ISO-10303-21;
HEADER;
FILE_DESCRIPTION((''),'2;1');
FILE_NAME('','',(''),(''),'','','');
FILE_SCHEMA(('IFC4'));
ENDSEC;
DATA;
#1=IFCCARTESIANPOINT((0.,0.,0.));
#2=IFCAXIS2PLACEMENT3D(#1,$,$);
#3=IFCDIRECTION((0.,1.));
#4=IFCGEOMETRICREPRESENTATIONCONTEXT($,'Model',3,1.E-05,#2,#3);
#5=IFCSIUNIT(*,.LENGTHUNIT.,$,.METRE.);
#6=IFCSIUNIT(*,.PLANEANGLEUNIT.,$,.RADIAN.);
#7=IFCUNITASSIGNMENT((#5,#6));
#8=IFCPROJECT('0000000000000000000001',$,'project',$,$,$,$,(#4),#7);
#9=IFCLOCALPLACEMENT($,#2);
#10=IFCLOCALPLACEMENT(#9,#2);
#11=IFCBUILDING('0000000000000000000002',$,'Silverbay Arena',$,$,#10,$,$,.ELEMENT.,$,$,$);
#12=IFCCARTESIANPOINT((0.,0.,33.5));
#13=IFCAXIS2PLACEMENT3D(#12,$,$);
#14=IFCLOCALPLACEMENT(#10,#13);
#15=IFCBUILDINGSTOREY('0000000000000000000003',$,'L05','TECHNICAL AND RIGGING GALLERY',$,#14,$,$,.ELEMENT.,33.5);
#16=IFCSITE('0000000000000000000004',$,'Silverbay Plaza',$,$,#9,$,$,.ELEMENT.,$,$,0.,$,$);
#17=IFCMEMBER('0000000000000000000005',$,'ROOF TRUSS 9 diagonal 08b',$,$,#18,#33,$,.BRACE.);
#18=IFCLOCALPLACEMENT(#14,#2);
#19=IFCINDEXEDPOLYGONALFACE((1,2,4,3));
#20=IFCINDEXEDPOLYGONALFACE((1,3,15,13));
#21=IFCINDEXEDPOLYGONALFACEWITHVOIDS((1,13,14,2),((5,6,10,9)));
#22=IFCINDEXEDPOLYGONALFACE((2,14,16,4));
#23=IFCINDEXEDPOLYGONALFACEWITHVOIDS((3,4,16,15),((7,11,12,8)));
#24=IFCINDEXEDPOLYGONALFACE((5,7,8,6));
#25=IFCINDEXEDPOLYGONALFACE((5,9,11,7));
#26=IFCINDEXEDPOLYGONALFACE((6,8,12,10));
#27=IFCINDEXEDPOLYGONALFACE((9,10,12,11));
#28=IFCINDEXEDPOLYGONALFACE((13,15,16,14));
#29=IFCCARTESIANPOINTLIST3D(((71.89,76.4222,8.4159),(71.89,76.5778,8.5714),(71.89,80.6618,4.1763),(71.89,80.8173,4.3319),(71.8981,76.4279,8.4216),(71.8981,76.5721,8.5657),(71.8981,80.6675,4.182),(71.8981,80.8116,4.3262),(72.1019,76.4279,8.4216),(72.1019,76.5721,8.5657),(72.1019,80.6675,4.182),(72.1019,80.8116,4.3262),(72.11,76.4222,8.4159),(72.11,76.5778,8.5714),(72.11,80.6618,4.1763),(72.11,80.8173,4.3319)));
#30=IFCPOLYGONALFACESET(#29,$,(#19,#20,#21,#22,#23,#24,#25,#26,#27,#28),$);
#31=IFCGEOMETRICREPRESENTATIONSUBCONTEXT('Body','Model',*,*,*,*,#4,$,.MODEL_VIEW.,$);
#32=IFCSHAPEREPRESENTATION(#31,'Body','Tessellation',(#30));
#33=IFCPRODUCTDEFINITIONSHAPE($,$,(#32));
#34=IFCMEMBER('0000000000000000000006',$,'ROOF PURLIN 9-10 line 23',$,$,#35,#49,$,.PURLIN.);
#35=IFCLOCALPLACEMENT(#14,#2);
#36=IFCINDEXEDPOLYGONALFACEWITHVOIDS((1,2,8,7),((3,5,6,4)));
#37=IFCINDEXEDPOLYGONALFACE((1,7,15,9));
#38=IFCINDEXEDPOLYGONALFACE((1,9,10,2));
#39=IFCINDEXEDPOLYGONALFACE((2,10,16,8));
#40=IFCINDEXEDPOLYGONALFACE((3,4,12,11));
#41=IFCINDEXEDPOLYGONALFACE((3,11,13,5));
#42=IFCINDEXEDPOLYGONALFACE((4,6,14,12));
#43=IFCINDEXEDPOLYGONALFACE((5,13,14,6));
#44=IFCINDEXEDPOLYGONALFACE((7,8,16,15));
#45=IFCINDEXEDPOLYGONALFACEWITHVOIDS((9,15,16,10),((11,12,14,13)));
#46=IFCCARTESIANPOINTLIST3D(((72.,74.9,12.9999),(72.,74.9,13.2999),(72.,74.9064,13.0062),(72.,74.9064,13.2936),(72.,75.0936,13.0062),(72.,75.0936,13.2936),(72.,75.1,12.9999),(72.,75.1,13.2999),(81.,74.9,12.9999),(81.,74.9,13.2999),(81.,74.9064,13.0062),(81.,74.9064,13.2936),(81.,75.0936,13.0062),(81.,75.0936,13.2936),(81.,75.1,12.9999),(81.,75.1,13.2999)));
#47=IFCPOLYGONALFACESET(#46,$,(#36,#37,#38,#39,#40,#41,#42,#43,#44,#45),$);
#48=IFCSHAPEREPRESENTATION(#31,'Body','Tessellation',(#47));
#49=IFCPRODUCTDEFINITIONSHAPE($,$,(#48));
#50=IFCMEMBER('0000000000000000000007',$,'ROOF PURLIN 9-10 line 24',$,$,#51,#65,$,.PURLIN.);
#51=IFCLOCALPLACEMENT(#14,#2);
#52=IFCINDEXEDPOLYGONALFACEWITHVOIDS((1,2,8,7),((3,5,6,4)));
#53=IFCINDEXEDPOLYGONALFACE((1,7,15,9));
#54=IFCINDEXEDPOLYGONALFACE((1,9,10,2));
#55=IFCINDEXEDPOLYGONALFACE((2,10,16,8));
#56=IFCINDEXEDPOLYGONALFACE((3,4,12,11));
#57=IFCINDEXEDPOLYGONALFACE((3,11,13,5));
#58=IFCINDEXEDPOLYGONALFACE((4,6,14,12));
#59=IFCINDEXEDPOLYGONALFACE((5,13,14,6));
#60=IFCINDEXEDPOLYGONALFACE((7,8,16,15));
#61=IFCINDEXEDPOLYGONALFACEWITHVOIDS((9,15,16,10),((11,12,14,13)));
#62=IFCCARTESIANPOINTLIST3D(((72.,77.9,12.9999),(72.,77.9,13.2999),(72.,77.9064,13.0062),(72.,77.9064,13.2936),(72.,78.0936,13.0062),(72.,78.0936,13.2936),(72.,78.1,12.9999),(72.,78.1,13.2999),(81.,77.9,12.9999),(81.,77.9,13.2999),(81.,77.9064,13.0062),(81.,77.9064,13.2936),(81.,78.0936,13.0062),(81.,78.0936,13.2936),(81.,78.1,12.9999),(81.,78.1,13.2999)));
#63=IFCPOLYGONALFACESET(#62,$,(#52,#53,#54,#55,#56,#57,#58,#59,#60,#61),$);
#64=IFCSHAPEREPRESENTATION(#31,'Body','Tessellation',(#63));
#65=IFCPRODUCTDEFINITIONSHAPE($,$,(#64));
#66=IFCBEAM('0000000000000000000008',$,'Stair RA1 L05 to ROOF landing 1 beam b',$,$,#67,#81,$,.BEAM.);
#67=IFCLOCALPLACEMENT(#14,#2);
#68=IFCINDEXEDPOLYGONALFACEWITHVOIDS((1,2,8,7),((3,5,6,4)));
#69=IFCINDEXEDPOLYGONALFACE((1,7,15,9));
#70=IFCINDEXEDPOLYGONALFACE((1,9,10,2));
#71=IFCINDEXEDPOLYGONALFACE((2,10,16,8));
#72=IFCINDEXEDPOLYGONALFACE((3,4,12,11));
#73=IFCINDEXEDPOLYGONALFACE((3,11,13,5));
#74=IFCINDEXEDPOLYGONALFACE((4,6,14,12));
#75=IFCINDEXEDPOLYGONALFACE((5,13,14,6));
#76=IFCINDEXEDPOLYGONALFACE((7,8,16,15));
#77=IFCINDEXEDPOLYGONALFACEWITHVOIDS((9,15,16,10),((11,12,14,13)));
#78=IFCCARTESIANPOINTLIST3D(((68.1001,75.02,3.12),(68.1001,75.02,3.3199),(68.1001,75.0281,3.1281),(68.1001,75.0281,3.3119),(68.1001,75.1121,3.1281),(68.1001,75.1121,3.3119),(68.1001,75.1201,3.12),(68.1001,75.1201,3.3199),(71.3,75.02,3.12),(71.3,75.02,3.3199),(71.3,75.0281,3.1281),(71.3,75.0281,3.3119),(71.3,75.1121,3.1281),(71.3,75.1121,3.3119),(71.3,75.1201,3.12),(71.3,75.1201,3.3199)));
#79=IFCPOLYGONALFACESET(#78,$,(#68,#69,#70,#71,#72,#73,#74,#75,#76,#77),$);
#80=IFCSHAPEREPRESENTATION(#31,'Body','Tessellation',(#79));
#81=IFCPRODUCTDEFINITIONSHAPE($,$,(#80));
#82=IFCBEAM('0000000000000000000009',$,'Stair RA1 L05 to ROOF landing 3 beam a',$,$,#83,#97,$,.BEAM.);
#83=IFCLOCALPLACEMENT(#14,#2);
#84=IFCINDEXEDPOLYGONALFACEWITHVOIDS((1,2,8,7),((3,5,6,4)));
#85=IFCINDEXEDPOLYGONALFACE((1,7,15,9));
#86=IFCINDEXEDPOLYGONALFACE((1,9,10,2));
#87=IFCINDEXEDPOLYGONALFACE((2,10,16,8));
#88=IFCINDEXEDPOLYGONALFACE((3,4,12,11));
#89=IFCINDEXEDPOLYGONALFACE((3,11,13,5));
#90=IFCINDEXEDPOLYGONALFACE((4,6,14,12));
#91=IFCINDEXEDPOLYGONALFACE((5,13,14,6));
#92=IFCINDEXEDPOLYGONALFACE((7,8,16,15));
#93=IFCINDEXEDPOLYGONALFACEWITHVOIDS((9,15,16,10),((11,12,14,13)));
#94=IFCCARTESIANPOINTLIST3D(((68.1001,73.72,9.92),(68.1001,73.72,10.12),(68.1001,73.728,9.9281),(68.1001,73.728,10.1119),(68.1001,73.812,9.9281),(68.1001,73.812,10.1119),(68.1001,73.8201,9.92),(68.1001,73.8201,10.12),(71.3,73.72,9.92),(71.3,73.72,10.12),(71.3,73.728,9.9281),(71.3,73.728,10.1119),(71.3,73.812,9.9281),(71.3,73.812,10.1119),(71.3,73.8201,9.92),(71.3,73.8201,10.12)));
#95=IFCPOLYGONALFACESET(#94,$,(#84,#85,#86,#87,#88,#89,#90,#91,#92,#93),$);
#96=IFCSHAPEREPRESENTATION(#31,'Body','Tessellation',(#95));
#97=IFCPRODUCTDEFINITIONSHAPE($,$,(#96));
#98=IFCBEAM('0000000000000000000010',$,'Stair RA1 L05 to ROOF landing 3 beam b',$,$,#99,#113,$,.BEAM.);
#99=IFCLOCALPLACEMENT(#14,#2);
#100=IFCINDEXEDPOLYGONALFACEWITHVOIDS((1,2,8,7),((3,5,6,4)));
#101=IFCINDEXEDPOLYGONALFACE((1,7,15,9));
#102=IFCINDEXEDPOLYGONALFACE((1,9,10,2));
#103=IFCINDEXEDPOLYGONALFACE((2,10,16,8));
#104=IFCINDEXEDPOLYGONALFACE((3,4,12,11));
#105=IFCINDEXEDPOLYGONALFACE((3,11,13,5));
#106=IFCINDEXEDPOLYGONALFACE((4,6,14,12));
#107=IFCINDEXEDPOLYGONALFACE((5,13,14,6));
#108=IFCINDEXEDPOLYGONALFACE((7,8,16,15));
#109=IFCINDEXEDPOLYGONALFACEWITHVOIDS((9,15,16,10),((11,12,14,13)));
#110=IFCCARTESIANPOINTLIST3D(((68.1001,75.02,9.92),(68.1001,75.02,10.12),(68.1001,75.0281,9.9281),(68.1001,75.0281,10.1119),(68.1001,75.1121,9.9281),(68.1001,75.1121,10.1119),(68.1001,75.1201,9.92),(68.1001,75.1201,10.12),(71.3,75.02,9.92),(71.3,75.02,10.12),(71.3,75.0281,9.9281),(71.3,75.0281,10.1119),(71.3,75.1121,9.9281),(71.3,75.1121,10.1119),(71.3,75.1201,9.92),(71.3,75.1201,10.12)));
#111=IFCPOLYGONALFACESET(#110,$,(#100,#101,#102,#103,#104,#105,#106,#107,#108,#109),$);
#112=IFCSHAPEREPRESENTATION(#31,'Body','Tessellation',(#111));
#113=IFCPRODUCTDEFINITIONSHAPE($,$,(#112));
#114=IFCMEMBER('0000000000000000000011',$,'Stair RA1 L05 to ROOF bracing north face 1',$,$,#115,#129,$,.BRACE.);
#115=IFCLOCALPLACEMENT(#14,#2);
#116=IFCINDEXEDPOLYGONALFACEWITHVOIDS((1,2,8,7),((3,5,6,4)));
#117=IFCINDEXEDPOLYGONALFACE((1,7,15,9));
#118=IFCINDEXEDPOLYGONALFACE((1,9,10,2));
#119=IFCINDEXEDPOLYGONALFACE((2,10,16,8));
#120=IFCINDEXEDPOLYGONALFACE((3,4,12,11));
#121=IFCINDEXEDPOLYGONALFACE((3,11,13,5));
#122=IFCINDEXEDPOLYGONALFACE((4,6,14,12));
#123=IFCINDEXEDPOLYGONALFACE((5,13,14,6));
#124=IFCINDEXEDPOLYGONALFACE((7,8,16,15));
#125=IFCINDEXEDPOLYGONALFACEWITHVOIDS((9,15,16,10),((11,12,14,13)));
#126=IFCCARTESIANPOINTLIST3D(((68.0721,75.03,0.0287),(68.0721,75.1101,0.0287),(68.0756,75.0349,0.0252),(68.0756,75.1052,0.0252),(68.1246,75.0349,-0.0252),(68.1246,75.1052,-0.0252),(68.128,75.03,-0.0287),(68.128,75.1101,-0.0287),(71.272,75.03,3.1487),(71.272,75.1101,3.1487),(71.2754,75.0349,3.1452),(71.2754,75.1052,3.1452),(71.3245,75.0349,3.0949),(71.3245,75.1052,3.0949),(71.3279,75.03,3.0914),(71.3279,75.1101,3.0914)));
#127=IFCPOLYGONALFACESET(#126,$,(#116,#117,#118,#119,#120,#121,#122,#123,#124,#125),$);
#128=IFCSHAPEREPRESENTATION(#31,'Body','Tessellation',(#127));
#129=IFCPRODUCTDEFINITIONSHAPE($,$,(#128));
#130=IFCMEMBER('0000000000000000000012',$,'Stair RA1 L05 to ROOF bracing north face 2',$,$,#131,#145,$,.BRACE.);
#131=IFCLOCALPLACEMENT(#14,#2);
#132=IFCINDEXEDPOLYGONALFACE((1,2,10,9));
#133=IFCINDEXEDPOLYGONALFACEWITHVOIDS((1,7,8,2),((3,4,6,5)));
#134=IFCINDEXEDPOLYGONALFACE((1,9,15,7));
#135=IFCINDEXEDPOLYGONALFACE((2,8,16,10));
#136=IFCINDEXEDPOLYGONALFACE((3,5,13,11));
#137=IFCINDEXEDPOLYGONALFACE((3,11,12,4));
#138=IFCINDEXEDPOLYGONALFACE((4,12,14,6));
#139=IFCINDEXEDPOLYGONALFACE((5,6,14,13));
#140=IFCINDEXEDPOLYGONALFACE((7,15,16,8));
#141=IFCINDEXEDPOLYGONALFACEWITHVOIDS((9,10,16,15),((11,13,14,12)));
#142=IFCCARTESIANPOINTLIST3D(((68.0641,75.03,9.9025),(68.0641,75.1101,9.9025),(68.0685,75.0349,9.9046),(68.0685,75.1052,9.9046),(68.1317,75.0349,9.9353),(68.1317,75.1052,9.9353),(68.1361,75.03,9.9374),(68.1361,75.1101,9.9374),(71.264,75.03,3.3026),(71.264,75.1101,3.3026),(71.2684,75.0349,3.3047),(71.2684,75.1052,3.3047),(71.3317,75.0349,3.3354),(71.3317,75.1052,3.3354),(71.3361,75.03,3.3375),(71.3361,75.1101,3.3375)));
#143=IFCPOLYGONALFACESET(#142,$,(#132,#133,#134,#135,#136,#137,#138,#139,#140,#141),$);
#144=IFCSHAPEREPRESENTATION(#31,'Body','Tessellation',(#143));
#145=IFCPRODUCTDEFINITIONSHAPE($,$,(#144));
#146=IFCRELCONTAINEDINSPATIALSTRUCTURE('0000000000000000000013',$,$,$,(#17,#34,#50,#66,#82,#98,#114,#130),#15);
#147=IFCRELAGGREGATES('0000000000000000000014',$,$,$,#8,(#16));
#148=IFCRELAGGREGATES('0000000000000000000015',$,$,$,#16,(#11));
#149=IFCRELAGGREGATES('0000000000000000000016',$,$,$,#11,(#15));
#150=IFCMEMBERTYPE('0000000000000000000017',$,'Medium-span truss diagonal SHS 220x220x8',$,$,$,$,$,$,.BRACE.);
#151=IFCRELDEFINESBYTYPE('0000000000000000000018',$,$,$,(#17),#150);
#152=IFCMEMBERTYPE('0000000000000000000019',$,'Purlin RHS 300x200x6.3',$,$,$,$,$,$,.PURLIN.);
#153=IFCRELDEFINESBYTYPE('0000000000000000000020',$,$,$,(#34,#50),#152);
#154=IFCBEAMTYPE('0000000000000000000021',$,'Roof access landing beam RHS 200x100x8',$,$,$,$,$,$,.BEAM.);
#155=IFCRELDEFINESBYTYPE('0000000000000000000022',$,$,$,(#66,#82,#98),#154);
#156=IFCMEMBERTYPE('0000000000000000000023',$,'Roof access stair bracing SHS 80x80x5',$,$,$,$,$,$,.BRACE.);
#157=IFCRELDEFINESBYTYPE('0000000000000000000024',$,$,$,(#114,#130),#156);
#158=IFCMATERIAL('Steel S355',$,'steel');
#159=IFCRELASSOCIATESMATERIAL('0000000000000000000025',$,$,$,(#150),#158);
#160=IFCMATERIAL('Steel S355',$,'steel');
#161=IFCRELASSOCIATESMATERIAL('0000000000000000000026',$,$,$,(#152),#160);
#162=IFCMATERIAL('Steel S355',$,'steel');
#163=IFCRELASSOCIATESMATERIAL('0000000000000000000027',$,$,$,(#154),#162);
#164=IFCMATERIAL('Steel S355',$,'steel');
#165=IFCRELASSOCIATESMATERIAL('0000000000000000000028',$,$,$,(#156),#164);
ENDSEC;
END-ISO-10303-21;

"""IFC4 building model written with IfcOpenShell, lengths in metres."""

from ifc_helpers import new_model, si_unit, direction, frame, origin, origin_2d, place, context, subcontext, project, spatial, hollow_rectangle, extrude, material, material_profile, profile_set, type_object, element, save


model = new_model("IFC4")

# Units and contexts
model_context = context("Model", 3, precision=1e-05, world=origin(), true_north=direction((0.0, 1.0)))
body_context = subcontext(model_context, "Body", "Model", "MODEL_VIEW")
ifc_project = project(units=[si_unit("LENGTHUNIT", "METRE"), si_unit("PLANEANGLEUNIT", "RADIAN")], contexts=[model_context])

# Site, building, storey
site_placement = place(None, origin())
site = spatial("IfcSite", under=ifc_project, at=site_placement, Name="Silverbay Plaza", CompositionType="ELEMENT", RefElevation=0.0)
building_placement = place(site_placement, origin())
building = spatial("IfcBuilding", under=site, at=building_placement, Name="Silverbay Arena", CompositionType="ELEMENT")
storey_placement = place(building_placement, frame((0.0, 0.0, 33.5)))
storey = spatial("IfcBuildingStorey", under=building, at=storey_placement, Name="L05", Description="TECHNICAL AND RIGGING GALLERY", CompositionType="ELEMENT", Elevation=33.5)

# Members
ifc_material_1 = material(Name="Steel S355", Category="steel")
ifc_material_profile_1 = material_profile(ifc_material_1, hollow_rectangle(XDim=0.22, YDim=0.22, WallThickness=0.0081, at=origin_2d()), Name="SHS 220x220x8")
ifc_profile_set_1 = profile_set([ifc_material_profile_1], Name="Steel S355")
member_type_1 = type_object("IfcMemberType", Name="Medium-span truss diagonal SHS 220x220x8", PredefinedType="BRACE", material=ifc_profile_set_1)
member_1_placement = place(storey_placement, frame((72.0, 76.5, 8.4937), z_axis=(0.0, 0.707107, -0.707107), x_axis=(-1.0, 0.0, 0.0)))
element("IfcMember", 1, at=member_1_placement, inside=storey, type_object=member_type_1, Name="ROOF TRUSS 9 diagonal 08b", PredefinedType="BRACE", context=body_context, shape_type="SweptSolid", body=[
    extrude(hollow_rectangle(XDim=0.22, YDim=0.22, WallThickness=0.0081, at=origin_2d()), origin(), (0.0, 0.0, 1.0), 5.9956),
])
ifc_material_2 = material(Name="Steel S355", Category="steel")
ifc_material_profile_2 = material_profile(ifc_material_2, hollow_rectangle(XDim=0.2, YDim=0.3, WallThickness=0.0063, at=origin_2d()), Name="RHS 300x200x6.3")
ifc_profile_set_2 = profile_set([ifc_material_profile_2], Name="Steel S355")
member_type_2 = type_object("IfcMemberType", Name="Purlin RHS 300x200x6.3", PredefinedType="PURLIN", material=ifc_profile_set_2)
for number, where, z_axis, x_axis, name in (
    (2, (72.0, 75.0, 13.1499), (1.0, 0.0, 0.0), (0.0, 1.0, 0.0), "ROOF PURLIN 9-10 line 23"),
    (3, (72.0, 78.0, 13.1499), (1.0, 0.0, 0.0), (0.0, 1.0, 0.0), "ROOF PURLIN 9-10 line 24"),
):
    element("IfcMember", number, at=place(storey_placement, frame(where, z_axis=z_axis, x_axis=x_axis)), inside=storey, type_object=member_type_2, Name=name, PredefinedType="PURLIN", context=body_context, shape_type="SweptSolid", body=[
        extrude(hollow_rectangle(XDim=0.2, YDim=0.3, WallThickness=0.0063, at=origin_2d()), origin(), (0.0, 0.0, 1.0), 9.0),
    ])

# Beams
ifc_material_3 = material(Name="Steel S355", Category="steel")
ifc_material_profile_3 = material_profile(ifc_material_3, hollow_rectangle(XDim=0.1001, YDim=0.2, WallThickness=0.0081, at=origin_2d()), Name="RHS 200x100x8")
ifc_profile_set_3 = profile_set([ifc_material_profile_3], Name="Steel S355")
beam_type = type_object("IfcBeamType", Name="Roof access landing beam RHS 200x100x8", PredefinedType="BEAM", material=ifc_profile_set_3)
for number, where, z_axis, x_axis, name in (
    (4, (68.1001, 75.0701, 3.22), (1.0, 0.0, 0.0), (0.0, 1.0, 0.0), "Stair RA1 L05 to ROOF landing 1 beam b"),
    (5, (68.1001, 73.77, 10.02), (1.0, 0.0, 0.0), (0.0, 1.0, 0.0), "Stair RA1 L05 to ROOF landing 3 beam a"),
    (6, (68.1001, 75.0701, 10.02), (1.0, 0.0, 0.0), (0.0, 1.0, 0.0), "Stair RA1 L05 to ROOF landing 3 beam b"),
):
    element("IfcBeam", number, at=place(storey_placement, frame(where, z_axis=z_axis, x_axis=x_axis)), inside=storey, type_object=beam_type, Name=name, PredefinedType="BEAM", context=body_context, shape_type="SweptSolid", body=[
        extrude(hollow_rectangle(XDim=0.1001, YDim=0.2, WallThickness=0.0081, at=origin_2d()), origin(), (0.0, 0.0, 1.0), 3.2),
    ])

# Members
ifc_material_4 = material(Name="Steel S355", Category="steel")
ifc_material_profile_4 = material_profile(ifc_material_4, hollow_rectangle(XDim=0.0801, YDim=0.0801, WallThickness=0.0049, at=origin_2d()), Name="SHS 80x80x5")
ifc_profile_set_4 = profile_set([ifc_material_profile_4], Name="Steel S355")
member_type_3 = type_object("IfcMemberType", Name="Roof access stair bracing SHS 80x80x5", PredefinedType="BRACE", material=ifc_profile_set_4)
member_2_placement = place(storey_placement, frame((68.1001, 75.0701, 0.0), z_axis=(0.715982, 0.0, 0.698119), x_axis=(0.0, 1.0, 0.0)))
element("IfcMember", 7, at=member_2_placement, inside=storey, type_object=member_type_3, Name="Stair RA1 L05 to ROOF bracing north face 1", PredefinedType="BRACE", context=body_context, shape_type="SweptSolid", body=[
    extrude(hollow_rectangle(XDim=0.0801, YDim=0.0801, WallThickness=0.0049, at=origin_2d()), origin(), (0.0, 0.0, 1.0), 4.4692),
])
member_3_placement = place(storey_placement, frame((71.3, 75.0701, 3.3201), z_axis=(-0.436276, 0.0, 0.899813), x_axis=(0.0, -1.0, 0.0)))
element("IfcMember", 8, at=member_3_placement, inside=storey, type_object=member_type_3, Name="Stair RA1 L05 to ROOF bracing north face 2", PredefinedType="BRACE", context=body_context, shape_type="SweptSolid", body=[
    extrude(hollow_rectangle(XDim=0.0801, YDim=0.0801, WallThickness=0.0049, at=origin_2d()), origin(), (0.0, 0.0, 1.0), 7.3347),
])

save(model, "model.ifc")
